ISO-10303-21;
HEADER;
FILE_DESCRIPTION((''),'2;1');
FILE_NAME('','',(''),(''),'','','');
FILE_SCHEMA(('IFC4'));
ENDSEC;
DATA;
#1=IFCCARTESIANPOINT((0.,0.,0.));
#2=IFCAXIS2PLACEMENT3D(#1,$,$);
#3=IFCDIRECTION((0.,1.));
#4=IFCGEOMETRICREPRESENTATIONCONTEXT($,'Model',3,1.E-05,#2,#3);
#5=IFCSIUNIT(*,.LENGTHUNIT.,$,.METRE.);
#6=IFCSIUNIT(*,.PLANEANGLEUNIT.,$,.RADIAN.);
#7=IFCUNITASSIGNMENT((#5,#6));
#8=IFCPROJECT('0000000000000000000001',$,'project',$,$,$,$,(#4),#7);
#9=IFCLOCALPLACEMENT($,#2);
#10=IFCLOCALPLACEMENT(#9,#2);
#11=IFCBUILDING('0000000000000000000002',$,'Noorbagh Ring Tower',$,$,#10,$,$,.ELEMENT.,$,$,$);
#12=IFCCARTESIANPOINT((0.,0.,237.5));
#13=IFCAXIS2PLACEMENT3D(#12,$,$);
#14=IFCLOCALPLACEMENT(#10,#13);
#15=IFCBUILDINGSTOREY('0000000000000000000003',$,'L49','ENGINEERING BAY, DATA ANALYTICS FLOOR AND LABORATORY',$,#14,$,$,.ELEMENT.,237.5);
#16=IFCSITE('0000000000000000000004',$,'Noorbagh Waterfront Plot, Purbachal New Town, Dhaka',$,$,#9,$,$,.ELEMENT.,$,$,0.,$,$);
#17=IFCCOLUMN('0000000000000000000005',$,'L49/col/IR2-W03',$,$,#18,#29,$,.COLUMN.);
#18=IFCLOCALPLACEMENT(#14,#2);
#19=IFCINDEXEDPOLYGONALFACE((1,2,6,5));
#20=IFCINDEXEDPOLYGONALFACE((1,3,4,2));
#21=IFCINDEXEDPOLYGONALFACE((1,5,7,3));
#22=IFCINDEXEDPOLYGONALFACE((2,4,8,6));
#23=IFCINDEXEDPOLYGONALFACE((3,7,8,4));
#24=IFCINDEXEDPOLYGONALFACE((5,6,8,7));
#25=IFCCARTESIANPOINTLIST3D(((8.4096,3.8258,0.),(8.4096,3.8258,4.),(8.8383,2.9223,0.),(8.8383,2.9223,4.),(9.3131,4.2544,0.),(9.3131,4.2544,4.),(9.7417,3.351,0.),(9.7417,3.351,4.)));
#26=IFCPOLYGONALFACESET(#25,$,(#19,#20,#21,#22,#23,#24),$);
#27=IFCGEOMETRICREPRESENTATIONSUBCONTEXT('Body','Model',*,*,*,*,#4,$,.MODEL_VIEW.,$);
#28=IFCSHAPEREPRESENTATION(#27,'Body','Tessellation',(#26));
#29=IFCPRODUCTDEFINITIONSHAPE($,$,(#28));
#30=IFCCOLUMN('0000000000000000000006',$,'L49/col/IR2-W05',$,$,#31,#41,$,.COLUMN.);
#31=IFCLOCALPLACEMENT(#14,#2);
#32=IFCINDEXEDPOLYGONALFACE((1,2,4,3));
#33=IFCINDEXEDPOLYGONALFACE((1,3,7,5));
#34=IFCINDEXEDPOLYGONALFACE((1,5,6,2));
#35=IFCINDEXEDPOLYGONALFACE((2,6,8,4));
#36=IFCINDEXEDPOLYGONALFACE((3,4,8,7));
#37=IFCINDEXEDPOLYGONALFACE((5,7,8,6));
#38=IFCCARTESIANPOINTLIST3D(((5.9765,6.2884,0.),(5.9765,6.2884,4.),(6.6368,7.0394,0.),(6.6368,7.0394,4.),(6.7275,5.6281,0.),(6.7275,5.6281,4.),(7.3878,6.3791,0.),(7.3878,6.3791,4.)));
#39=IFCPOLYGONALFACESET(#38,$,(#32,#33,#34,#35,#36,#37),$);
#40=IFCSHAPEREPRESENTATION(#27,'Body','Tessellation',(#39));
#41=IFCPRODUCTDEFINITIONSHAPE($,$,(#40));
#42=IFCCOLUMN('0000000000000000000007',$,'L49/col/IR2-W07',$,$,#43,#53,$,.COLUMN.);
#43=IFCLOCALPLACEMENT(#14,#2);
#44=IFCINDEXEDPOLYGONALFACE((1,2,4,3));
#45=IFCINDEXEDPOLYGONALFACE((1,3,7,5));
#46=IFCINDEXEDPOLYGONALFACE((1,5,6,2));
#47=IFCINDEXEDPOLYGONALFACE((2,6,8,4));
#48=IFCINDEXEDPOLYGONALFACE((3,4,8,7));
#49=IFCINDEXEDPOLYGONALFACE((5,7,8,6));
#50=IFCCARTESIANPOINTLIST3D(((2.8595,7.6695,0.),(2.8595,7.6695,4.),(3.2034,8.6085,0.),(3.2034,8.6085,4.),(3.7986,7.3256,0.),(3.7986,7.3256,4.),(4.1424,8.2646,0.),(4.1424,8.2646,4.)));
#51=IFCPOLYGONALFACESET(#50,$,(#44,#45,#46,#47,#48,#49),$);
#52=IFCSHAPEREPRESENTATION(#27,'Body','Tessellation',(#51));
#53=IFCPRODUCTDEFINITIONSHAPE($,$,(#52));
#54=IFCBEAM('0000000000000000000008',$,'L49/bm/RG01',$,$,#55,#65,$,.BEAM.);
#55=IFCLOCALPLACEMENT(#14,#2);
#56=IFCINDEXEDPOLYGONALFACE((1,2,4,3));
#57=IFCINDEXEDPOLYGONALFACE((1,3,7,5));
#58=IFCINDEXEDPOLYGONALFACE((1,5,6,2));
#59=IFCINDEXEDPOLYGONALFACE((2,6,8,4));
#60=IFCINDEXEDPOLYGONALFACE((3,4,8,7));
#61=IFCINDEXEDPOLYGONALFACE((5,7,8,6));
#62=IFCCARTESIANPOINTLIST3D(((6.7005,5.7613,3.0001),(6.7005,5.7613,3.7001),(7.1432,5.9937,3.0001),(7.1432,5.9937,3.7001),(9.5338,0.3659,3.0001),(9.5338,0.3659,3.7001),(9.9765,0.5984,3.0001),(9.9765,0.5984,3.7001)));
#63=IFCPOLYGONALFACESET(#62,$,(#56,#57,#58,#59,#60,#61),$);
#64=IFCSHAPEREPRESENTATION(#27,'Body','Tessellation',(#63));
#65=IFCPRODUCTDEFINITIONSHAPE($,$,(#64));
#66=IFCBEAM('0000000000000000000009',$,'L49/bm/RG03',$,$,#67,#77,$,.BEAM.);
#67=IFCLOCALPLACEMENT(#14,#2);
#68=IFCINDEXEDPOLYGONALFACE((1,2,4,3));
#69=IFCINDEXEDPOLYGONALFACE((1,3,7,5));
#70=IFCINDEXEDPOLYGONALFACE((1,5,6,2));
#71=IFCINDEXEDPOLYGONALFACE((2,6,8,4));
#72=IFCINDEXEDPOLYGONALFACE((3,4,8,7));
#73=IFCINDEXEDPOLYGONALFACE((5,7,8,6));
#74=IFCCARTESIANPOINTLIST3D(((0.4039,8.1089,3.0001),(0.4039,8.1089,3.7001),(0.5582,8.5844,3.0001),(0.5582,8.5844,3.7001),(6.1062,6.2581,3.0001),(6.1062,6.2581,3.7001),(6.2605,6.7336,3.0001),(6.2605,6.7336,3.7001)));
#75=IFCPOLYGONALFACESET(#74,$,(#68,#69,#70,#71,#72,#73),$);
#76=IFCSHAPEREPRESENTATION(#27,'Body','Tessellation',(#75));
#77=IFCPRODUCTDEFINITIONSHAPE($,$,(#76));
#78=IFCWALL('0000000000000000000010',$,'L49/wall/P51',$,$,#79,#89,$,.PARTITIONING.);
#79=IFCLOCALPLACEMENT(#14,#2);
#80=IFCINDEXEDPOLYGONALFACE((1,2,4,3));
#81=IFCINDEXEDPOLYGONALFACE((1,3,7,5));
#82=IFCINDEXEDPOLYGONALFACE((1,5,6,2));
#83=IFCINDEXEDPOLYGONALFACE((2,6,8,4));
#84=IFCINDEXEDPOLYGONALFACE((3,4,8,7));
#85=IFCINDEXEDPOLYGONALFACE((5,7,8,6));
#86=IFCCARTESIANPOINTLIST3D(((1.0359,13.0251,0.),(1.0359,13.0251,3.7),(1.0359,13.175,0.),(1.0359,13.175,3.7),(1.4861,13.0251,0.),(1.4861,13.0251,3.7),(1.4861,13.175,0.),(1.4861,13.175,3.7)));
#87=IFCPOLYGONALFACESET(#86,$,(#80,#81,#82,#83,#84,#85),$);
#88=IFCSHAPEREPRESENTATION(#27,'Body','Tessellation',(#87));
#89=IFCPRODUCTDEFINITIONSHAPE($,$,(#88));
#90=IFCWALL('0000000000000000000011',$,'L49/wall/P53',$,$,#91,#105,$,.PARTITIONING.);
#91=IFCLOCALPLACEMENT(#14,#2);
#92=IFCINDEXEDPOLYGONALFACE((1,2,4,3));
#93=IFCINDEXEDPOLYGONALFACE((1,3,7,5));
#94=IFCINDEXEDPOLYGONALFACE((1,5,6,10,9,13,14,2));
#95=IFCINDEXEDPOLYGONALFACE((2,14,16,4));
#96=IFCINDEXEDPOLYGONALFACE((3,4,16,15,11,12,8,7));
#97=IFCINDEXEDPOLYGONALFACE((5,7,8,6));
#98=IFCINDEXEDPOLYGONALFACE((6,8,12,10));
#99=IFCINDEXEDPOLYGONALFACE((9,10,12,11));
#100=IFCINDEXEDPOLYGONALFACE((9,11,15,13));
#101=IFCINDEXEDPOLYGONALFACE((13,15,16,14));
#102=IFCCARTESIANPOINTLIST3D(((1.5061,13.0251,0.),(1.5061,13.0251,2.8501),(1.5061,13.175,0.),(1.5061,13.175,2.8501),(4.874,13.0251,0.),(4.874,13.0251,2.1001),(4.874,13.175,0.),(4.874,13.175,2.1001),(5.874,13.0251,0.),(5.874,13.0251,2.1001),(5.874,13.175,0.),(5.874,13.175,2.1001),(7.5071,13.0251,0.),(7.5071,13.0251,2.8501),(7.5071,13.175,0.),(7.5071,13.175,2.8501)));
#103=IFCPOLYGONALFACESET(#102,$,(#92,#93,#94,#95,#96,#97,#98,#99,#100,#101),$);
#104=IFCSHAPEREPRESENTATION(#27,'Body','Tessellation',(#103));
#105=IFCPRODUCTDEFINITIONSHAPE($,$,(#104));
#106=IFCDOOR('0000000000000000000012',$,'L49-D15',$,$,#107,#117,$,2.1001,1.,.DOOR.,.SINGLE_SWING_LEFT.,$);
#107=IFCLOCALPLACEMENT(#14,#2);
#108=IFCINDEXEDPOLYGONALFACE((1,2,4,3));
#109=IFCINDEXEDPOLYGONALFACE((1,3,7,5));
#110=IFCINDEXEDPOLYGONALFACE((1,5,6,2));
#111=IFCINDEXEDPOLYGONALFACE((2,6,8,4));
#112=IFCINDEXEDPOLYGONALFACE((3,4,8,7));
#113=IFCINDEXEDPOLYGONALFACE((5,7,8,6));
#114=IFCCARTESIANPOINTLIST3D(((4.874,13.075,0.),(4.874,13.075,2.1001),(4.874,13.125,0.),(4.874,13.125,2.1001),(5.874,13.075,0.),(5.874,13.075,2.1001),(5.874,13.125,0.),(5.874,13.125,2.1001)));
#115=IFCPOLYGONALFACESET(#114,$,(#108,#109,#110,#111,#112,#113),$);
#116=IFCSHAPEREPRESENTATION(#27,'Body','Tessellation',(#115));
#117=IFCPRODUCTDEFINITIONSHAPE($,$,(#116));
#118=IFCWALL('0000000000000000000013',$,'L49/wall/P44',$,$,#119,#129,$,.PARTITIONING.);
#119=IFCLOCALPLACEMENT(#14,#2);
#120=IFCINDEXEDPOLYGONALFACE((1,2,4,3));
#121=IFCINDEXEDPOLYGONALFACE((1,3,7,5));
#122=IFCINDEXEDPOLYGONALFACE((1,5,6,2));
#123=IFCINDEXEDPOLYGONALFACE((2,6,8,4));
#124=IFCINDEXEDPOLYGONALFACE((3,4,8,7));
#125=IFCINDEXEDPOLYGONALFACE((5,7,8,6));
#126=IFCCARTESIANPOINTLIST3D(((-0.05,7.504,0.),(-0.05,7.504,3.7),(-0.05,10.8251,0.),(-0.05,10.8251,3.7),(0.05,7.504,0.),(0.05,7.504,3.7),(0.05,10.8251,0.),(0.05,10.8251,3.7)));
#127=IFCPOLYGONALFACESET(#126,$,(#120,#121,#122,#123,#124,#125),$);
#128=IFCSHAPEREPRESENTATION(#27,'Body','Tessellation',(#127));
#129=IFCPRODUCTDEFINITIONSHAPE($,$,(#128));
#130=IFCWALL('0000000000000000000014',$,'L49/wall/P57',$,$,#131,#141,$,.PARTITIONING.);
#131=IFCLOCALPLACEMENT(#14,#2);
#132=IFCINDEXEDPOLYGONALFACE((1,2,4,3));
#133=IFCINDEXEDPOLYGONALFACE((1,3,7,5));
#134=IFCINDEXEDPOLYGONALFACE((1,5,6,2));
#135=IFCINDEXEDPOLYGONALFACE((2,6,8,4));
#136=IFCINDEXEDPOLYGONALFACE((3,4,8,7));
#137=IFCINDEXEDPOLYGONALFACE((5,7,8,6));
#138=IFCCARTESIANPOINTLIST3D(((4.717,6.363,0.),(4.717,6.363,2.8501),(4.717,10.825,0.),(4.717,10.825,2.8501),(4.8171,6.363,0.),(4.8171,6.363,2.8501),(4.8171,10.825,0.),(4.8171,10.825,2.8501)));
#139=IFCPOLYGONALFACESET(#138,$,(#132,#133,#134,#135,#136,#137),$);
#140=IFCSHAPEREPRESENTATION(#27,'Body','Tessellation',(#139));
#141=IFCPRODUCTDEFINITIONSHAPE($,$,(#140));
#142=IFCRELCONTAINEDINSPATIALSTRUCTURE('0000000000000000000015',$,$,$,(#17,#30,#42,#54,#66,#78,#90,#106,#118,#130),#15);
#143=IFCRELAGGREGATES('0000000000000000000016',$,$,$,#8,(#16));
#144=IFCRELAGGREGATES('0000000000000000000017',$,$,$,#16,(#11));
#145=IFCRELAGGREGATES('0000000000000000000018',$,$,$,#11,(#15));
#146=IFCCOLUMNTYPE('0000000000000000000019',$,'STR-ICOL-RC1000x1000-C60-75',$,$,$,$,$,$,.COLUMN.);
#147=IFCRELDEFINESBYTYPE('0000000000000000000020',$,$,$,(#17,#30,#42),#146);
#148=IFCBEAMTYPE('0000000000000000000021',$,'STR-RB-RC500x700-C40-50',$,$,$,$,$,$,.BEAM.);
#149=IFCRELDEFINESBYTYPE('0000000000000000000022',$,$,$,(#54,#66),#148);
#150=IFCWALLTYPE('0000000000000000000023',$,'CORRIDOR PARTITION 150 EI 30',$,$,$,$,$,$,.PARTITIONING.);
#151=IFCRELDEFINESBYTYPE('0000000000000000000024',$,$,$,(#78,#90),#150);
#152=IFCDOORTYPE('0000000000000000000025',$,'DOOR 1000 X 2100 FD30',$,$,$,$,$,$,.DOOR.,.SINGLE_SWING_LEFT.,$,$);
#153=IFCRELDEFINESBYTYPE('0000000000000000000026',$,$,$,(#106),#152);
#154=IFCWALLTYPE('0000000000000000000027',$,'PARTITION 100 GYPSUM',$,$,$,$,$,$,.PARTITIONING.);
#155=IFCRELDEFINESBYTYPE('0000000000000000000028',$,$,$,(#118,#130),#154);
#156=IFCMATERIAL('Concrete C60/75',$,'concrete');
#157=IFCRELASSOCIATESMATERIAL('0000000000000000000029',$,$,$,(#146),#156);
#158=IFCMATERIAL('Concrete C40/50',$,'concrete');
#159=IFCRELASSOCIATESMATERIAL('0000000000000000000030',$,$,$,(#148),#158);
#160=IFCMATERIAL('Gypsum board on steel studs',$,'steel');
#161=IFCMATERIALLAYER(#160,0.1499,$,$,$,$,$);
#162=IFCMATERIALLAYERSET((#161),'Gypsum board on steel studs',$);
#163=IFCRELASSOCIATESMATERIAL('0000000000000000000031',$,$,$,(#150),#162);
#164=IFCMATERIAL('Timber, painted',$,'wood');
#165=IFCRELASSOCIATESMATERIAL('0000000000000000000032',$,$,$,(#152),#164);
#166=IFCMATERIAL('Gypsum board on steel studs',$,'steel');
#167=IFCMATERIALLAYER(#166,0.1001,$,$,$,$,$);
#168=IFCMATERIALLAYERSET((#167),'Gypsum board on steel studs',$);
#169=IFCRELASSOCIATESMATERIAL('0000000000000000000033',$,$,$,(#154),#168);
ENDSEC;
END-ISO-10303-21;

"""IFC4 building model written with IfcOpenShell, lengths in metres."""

from ifc_helpers import new_model, si_unit, direction, frame, frame_2d, origin, origin_2d, place, context, subcontext, project, spatial, rectangle, extrude, material, layer, layer_set, material_profile, profile_set, type_object, element, fill, save


model = new_model("IFC4")

# Units and contexts
model_context = context("Model", 3, precision=1e-05, world=origin(), true_north=direction((0.0, 1.0)))
body_context = subcontext(model_context, "Body", "Model", "MODEL_VIEW")
ifc_project = project(units=[si_unit("LENGTHUNIT", "METRE"), si_unit("PLANEANGLEUNIT", "RADIAN")], contexts=[model_context])

# Site, building, storey
site_placement = place(None, origin())
site = spatial("IfcSite", under=ifc_project, at=site_placement, Name="Noorbagh Waterfront Plot, Purbachal New Town, Dhaka", CompositionType="ELEMENT", RefElevation=0.0)
building_placement = place(site_placement, origin())
building = spatial("IfcBuilding", under=site, at=building_placement, Name="Noorbagh Ring Tower", CompositionType="ELEMENT")
storey_placement = place(building_placement, frame((0.0, 0.0, 237.5)))
storey = spatial("IfcBuildingStorey", under=building, at=storey_placement, Name="L49", Description="ENGINEERING BAY, DATA ANALYTICS FLOOR AND LABORATORY", CompositionType="ELEMENT", Elevation=237.5)

# Columns
ifc_material_1 = material(Name="Concrete C60/75", Category="concrete")
ifc_material_profile_1 = material_profile(ifc_material_1, rectangle(XDim=1.0, YDim=1.0, at=origin_2d()), Name="RC1000x1000")
ifc_profile_set_1 = profile_set([ifc_material_profile_1], Name="Concrete C60/75")
column_type = type_object("IfcColumnType", Name="STR-ICOL-RC1000x1000-C60-75", PredefinedType="COLUMN", material=ifc_profile_set_1)
for number, where, z_axis, x_axis, name in (
    (1, (9.0757, 3.5884, 0.0), (0.0, 0.0, 1.0), (-0.428667, 0.903463, 0.0), "L49/col/IR2-W03"),
    (2, (6.6821, 6.3337, 0.0), (0.0, 0.0, 1.0), (-0.751022, 0.660277, 0.0), "L49/col/IR2-W05"),
    (3, (3.501, 7.967, 0.0), (0.0, 0.0, 1.0), (-0.93902, 0.343864, 0.0), "L49/col/IR2-W07"),
):
    element("IfcColumn", number, at=place(storey_placement, frame(where, z_axis=z_axis, x_axis=x_axis)), inside=storey, type_object=column_type, Name=name, PredefinedType="COLUMN", context=body_context, shape_type="SweptSolid", body=[
        extrude(rectangle(XDim=1.0, YDim=1.0, at=origin_2d()), origin(), (0.0, 0.0, 1.0), 4.0),
    ])

# Beams
ifc_material_2 = material(Name="Concrete C40/50", Category="concrete")
ifc_material_profile_2 = material_profile(ifc_material_2, rectangle(XDim=0.5, YDim=0.7, at=origin_2d()), Name="RC500x700")
ifc_profile_set_2 = profile_set([ifc_material_profile_2], Name="Concrete C40/50")
beam_type = type_object("IfcBeamType", Name="STR-RB-RC500x700-C40-50", PredefinedType="BEAM", material=ifc_profile_set_2)
beam_1_placement = place(storey_placement, frame((9.7551, 0.4822, 3.3501), z_axis=(-0.464929, 0.885348, 0.0), x_axis=(-0.885348, -0.464929, 0.0)))
element("IfcBeam", 4, at=beam_1_placement, inside=storey, type_object=beam_type, Name="L49/bm/RG01", PredefinedType="BEAM", context=body_context, shape_type="SweptSolid", body=[
    extrude(rectangle(XDim=0.5, YDim=0.7, at=origin_2d()), origin(), (0.0, 0.0, 1.0), 6.094),
])
beam_2_placement = place(storey_placement, frame((6.1833, 6.4958, 3.3501), z_axis=(-0.951154, 0.308717, 0.0), x_axis=(-0.308717, -0.951154, 0.0)))
element("IfcBeam", 5, at=beam_2_placement, inside=storey, type_object=beam_type, Name="L49/bm/RG03", PredefinedType="BEAM", context=body_context, shape_type="SweptSolid", body=[
    extrude(rectangle(XDim=0.5, YDim=0.7, at=origin_2d()), origin(), (0.0, 0.0, 1.0), 5.9951),
])

# Wall
ifc_material_3 = material(Name="Gypsum board on steel studs", Category="steel")
ifc_layer_1 = layer(ifc_material_3, 0.1499)
ifc_layer_set_1 = layer_set([ifc_layer_1], Name="Gypsum board on steel studs")
wall_type_1 = type_object("IfcWallType", Name="CORRIDOR PARTITION 150 EI 30", PredefinedType="PARTITIONING", material=ifc_layer_set_1)
wall_1_placement = place(storey_placement, frame((1.0359, 13.1001, 0.0), z_axis=(0.0, 0.0, 1.0), x_axis=(1.0, 0.0, 0.0)))
element("IfcWall", 6, at=wall_1_placement, inside=storey, type_object=wall_type_1, Name="L49/wall/P51", PredefinedType="PARTITIONING", context=body_context, shape_type="SweptSolid", body=[
    extrude(rectangle(XDim=0.4502, YDim=0.1499, at=frame_2d((0.2251, 0.0))), origin(), (0.0, 0.0, 1.0), 3.7),
])

# Wall, opening, door
wall_2_placement = place(storey_placement, frame((1.5061, 13.1001, 0.0), z_axis=(0.0, 0.0, 1.0), x_axis=(1.0, 0.0, 0.0)))
wall_2 = element("IfcWall", 7, at=wall_2_placement, inside=storey, type_object=wall_type_1, Name="L49/wall/P53", PredefinedType="PARTITIONING", context=body_context, shape_type="SweptSolid", body=[
    extrude(rectangle(XDim=6.001, YDim=0.1499, at=frame_2d((3.0005, 0.0))), origin(), (0.0, 0.0, 1.0), 2.8501),
])
opening_placement = place(wall_2_placement, frame((3.3679, 0.0, 0.0)))
opening = element("IfcOpeningElement", 8, at=opening_placement, cuts=wall_2, PredefinedType="OPENING", context=body_context, shape_type="SweptSolid", body=[
    extrude(rectangle(XDim=1.0, YDim=2.1001, at=frame_2d((0.5, 1.05))), frame((0.0, 0.085, 0.0), z_axis=(0.0, -1.0, 0.0), x_axis=(1.0, 0.0, 0.0)), (0.0, 0.0, 1.0), 0.1699),
])
ifc_material_4 = material(Name="Timber, painted", Category="wood")
door_type = type_object("IfcDoorType", Name="DOOR 1000 X 2100 FD30", OperationType="SINGLE_SWING_LEFT", PredefinedType="DOOR", material=ifc_material_4)
door_placement = place(opening_placement, origin())
door = element("IfcDoor", 9, at=door_placement, inside=storey, type_object=door_type, Name="L49-D15", OperationType="SINGLE_SWING_LEFT", OverallHeight=2.1001, OverallWidth=1.0, PredefinedType="DOOR", context=body_context, shape_type="SweptSolid", body=[
    extrude(rectangle(XDim=1.0, YDim=2.1001, at=frame_2d((0.5, 1.05))), frame((0.0, 0.0249, 0.0), z_axis=(0.0, -1.0, 0.0), x_axis=(1.0, 0.0, 0.0)), (0.0, 0.0, 1.0), 0.05),
])
fill(opening, door)

# Walls
ifc_material_5 = material(Name="Gypsum board on steel studs", Category="steel")
ifc_layer_2 = layer(ifc_material_5, 0.1001)
ifc_layer_set_2 = layer_set([ifc_layer_2], Name="Gypsum board on steel studs")
wall_type_2 = type_object("IfcWallType", Name="PARTITION 100 GYPSUM", PredefinedType="PARTITIONING", material=ifc_layer_set_2)
wall_3_placement = place(storey_placement, frame((0.0, 7.5039, 0.0), z_axis=(0.0, 0.0, 1.0), x_axis=(0.0, 1.0, 0.0)))
element("IfcWall", 10, at=wall_3_placement, inside=storey, type_object=wall_type_2, Name="L49/wall/P44", PredefinedType="PARTITIONING", context=body_context, shape_type="SweptSolid", body=[
    extrude(rectangle(XDim=3.321, YDim=0.1001, at=frame_2d((1.6606, 0.0))), origin(), (0.0, 0.0, 1.0), 3.7),
])
wall_4_placement = place(storey_placement, frame((4.7671, 6.363, 0.0), z_axis=(0.0, 0.0, 1.0), x_axis=(0.0, 1.0, 0.0)))
element("IfcWall", 11, at=wall_4_placement, inside=storey, type_object=wall_type_2, Name="L49/wall/P57", PredefinedType="PARTITIONING", context=body_context, shape_type="SweptSolid", body=[
    extrude(rectangle(XDim=4.4619, YDim=0.1001, at=frame_2d((2.231, 0.0))), origin(), (0.0, 0.0, 1.0), 2.8501),
])

save(model, "model.ifc")
